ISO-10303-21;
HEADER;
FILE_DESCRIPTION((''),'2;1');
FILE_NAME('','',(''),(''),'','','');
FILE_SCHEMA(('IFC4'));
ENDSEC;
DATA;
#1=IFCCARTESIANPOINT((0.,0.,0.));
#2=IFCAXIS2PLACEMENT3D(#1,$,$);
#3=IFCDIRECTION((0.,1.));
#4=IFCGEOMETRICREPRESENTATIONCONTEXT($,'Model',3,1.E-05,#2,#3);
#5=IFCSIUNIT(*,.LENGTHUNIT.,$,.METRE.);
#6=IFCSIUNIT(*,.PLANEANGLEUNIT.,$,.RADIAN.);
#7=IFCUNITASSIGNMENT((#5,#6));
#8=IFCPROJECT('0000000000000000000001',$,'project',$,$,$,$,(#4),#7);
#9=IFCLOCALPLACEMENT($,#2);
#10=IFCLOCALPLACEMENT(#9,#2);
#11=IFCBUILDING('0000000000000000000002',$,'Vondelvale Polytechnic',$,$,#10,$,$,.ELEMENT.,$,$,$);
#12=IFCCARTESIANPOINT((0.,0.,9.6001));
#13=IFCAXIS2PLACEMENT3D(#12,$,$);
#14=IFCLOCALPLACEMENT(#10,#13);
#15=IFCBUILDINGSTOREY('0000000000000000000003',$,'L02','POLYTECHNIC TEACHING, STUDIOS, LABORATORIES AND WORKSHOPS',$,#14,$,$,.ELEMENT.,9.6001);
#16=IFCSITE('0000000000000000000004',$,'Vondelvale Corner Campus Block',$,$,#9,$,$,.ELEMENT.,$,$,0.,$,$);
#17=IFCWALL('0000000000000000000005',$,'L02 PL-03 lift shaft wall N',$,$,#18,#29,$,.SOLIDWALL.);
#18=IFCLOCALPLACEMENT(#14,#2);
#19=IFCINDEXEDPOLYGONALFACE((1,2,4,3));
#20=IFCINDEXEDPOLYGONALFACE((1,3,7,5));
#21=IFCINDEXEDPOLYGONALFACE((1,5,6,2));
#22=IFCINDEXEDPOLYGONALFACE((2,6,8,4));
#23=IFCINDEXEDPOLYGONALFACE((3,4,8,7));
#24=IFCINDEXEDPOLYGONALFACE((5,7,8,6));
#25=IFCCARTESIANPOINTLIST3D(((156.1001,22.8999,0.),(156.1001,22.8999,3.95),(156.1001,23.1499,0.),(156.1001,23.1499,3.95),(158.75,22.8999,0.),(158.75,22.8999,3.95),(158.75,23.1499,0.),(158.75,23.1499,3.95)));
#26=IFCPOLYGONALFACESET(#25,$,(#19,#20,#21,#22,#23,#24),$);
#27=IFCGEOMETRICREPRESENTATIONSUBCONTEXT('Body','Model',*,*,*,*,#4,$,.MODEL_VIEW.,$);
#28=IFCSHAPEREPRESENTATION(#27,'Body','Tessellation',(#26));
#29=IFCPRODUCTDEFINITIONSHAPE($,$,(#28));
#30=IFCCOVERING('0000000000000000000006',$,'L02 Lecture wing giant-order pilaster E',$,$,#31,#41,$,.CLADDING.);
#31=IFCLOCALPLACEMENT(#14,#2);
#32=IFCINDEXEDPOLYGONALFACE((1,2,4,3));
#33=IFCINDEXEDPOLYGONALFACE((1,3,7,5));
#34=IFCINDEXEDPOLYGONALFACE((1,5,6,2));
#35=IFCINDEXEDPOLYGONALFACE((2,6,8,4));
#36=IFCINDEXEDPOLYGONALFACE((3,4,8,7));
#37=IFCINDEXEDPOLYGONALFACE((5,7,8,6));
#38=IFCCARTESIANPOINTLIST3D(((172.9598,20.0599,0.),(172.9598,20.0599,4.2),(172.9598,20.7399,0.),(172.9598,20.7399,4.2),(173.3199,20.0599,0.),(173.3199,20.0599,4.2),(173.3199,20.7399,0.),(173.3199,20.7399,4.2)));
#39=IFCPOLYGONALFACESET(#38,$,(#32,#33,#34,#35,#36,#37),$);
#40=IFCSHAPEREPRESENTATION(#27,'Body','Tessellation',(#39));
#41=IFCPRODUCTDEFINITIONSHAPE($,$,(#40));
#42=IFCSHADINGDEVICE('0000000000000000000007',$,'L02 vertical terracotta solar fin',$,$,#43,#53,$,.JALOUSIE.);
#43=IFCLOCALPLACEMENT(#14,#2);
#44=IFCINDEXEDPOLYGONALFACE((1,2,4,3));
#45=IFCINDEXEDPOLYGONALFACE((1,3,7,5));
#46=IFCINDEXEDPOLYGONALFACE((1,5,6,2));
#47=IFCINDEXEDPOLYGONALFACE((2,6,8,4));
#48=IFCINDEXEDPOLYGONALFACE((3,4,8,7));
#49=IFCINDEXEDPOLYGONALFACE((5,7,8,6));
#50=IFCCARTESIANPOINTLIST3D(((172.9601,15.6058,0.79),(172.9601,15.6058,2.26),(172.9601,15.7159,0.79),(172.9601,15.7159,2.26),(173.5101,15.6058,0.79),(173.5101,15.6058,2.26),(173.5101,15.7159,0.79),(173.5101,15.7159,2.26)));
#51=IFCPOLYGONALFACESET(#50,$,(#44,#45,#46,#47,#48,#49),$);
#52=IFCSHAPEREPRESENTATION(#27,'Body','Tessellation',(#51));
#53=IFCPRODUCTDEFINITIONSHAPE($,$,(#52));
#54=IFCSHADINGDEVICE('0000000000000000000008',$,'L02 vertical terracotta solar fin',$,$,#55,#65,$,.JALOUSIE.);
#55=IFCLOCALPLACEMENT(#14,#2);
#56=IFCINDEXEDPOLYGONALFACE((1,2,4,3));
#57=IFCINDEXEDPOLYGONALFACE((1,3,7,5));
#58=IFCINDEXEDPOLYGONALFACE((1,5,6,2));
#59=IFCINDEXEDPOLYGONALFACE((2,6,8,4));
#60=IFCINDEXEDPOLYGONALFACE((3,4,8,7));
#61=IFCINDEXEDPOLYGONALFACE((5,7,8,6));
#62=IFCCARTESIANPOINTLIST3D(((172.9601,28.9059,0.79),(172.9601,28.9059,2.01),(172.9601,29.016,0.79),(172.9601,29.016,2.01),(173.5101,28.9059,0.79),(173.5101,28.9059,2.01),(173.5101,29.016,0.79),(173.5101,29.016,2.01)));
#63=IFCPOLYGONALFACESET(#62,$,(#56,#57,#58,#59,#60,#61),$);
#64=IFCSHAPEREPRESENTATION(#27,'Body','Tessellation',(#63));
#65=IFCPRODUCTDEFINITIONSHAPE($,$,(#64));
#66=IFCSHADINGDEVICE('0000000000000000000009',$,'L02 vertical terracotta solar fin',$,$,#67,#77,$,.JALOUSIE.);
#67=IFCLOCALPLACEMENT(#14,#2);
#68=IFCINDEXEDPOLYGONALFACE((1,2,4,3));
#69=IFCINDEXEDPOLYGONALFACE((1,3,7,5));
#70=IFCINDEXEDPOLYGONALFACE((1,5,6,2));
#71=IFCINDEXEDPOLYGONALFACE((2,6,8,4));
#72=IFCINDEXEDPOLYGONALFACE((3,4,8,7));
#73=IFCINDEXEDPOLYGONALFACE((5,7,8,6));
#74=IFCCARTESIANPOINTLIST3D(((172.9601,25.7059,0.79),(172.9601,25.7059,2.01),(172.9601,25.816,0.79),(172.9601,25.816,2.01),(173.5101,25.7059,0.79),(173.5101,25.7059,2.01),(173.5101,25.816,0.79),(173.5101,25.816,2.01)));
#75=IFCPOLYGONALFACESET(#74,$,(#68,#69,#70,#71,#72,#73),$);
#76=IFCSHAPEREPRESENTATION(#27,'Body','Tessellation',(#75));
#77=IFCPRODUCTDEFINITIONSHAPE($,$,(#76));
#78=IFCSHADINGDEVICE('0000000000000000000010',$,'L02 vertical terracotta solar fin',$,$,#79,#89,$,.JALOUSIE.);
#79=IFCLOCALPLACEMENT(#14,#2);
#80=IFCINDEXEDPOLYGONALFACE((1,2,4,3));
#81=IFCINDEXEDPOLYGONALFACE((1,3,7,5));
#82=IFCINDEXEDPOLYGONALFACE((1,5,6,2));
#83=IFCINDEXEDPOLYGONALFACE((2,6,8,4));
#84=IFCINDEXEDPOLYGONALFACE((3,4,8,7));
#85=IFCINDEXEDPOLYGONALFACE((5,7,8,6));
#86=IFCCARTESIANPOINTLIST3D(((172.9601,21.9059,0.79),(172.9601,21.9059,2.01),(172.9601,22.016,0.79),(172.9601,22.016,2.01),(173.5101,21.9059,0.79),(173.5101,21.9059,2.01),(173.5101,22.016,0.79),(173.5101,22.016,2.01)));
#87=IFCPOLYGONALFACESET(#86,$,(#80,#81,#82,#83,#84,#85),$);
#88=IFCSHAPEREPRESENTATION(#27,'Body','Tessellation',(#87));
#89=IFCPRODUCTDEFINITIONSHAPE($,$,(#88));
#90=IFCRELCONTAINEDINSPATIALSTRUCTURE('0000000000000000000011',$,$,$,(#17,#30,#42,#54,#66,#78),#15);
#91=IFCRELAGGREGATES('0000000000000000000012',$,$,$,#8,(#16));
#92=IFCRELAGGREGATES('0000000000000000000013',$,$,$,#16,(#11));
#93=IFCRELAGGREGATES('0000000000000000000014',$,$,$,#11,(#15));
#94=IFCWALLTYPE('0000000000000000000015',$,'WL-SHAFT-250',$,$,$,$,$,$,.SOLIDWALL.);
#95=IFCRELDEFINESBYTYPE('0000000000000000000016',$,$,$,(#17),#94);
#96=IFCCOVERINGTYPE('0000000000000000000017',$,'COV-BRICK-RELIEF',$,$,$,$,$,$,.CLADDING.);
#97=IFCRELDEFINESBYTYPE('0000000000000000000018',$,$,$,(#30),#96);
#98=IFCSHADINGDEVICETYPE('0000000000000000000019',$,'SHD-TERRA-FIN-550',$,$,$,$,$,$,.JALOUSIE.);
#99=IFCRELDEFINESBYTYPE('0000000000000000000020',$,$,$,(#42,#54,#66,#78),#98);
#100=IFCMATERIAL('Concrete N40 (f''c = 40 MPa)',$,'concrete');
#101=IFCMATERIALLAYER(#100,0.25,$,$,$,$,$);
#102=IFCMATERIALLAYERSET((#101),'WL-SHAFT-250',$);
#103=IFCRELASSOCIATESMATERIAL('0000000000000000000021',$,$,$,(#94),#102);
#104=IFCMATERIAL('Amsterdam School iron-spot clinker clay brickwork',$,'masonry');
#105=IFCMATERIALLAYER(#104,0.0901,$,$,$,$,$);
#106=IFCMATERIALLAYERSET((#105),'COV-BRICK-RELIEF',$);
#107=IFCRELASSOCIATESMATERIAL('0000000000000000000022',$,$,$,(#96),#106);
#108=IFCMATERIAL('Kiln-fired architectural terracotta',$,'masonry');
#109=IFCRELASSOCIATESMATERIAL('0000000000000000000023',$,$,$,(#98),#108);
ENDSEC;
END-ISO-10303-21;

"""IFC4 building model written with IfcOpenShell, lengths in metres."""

from ifc_helpers import new_model, si_unit, direction, frame, frame_2d, origin, origin_2d, place, context, subcontext, project, spatial, rectangle, extrude, material, layer, layer_set, type_object, element, save


model = new_model("IFC4")

# Units and contexts
model_context = context("Model", 3, precision=1e-05, world=origin(), true_north=direction((0.0, 1.0)))
body_context = subcontext(model_context, "Body", "Model", "MODEL_VIEW")
ifc_project = project(units=[si_unit("LENGTHUNIT", "METRE"), si_unit("PLANEANGLEUNIT", "RADIAN")], contexts=[model_context])

# Site, building, storey
site_placement = place(None, origin())
site = spatial("IfcSite", under=ifc_project, at=site_placement, Name="Vondelvale Corner Campus Block", CompositionType="ELEMENT", RefElevation=0.0)
building_placement = place(site_placement, origin())
building = spatial("IfcBuilding", under=site, at=building_placement, Name="Vondelvale Polytechnic", CompositionType="ELEMENT")
storey_placement = place(building_placement, frame((0.0, 0.0, 9.6001)))
storey = spatial("IfcBuildingStorey", under=building, at=storey_placement, Name="L02", Description="POLYTECHNIC TEACHING, STUDIOS, LABORATORIES AND WORKSHOPS", CompositionType="ELEMENT", Elevation=9.6001)

# Shared definitions
ifc_material_1 = material(Name="Concrete N40 (f'c = 40 MPa)", Category="concrete")

# Shared definitions
ifc_material_2 = material(Name="Amsterdam School iron-spot clinker clay brickwork", Category="masonry")

# Shared definitions
ifc_layer_1 = layer(ifc_material_1, 0.25)
ifc_layer_set_1 = layer_set([ifc_layer_1], Name="WL-SHAFT-250")
wall_type_1 = type_object("IfcWallType", Name="WL-SHAFT-250", PredefinedType="SOLIDWALL", material=ifc_layer_set_1)

# Wall
wall_1_placement = place(storey_placement, frame((158.75, 23.0249, 0.0), z_axis=(0.0, 0.0, 1.0), x_axis=(-1.0, 0.0, 0.0)))
element("IfcWall", 1, at=wall_1_placement, inside=storey, type_object=wall_type_1, Name="L02 PL-03 lift shaft wall N", PredefinedType="SOLIDWALL", context=body_context, shape_type="SweptSolid", body=[
    extrude(rectangle(XDim=2.6499, YDim=0.25, at=frame_2d((1.325, 0.0))), origin(), (0.0, 0.0, 1.0), 3.95),
])

# Covering
ifc_layer_2 = layer(ifc_material_2, 0.0901)
ifc_layer_set_2 = layer_set([ifc_layer_2], Name="COV-BRICK-RELIEF")
covering_type = type_object("IfcCoveringType", Name="COV-BRICK-RELIEF", PredefinedType="CLADDING", material=ifc_layer_set_2)
covering_placement = place(storey_placement, frame((173.1399, 20.3999, 0.0), z_axis=(0.0, 0.0, 1.0), x_axis=(1.0, 0.0, 0.0)))
element("IfcCovering", 2, at=covering_placement, inside=storey, type_object=covering_type, Name="L02 Lecture wing giant-order pilaster E", PredefinedType="CLADDING", context=body_context, shape_type="SweptSolid", body=[
    extrude(rectangle(XDim=0.3601, YDim=0.6799, at=origin_2d()), origin(), (0.0, 0.0, 1.0), 4.2),
])

# Shading devices
ifc_material_3 = material(Name="Kiln-fired architectural terracotta", Category="masonry")
shading_device_type = type_object("IfcShadingDeviceType", Name="SHD-TERRA-FIN-550", PredefinedType="JALOUSIE", material=ifc_material_3)
shading_device_placement = place(storey_placement, frame((173.2351, 15.6609, 0.79), z_axis=(0.0, 0.0, 1.0), x_axis=(0.0, -1.0, 0.0)))
element("IfcShadingDevice", 3, at=shading_device_placement, inside=storey, type_object=shading_device_type, Name="L02 vertical terracotta solar fin", PredefinedType="JALOUSIE", context=body_context, shape_type="SweptSolid", body=[
    extrude(rectangle(XDim=0.1101, YDim=0.55, at=origin_2d()), origin(), (0.0, 0.0, 1.0), 1.47),
])
for number, where, z_axis, x_axis, name in (
    (4, (173.2351, 28.9609, 0.79), (0.0, 0.0, 1.0), (0.0, -1.0, 0.0), "L02 vertical terracotta solar fin"),
    (5, (173.2351, 25.761, 0.79), (0.0, 0.0, 1.0), (0.0, -1.0, 0.0), "L02 vertical terracotta solar fin"),
    (6, (173.2351, 21.9609, 0.79), (0.0, 0.0, 1.0), (0.0, -1.0, 0.0), "L02 vertical terracotta solar fin"),
):
    element("IfcShadingDevice", number, at=place(storey_placement, frame(where, z_axis=z_axis, x_axis=x_axis)), inside=storey, type_object=shading_device_type, Name=name, PredefinedType="JALOUSIE", context=body_context, shape_type="SweptSolid", body=[
        extrude(rectangle(XDim=0.1101, YDim=0.55, at=origin_2d()), origin(), (0.0, 0.0, 1.0), 1.22),
    ])

save(model, "model.ifc")
